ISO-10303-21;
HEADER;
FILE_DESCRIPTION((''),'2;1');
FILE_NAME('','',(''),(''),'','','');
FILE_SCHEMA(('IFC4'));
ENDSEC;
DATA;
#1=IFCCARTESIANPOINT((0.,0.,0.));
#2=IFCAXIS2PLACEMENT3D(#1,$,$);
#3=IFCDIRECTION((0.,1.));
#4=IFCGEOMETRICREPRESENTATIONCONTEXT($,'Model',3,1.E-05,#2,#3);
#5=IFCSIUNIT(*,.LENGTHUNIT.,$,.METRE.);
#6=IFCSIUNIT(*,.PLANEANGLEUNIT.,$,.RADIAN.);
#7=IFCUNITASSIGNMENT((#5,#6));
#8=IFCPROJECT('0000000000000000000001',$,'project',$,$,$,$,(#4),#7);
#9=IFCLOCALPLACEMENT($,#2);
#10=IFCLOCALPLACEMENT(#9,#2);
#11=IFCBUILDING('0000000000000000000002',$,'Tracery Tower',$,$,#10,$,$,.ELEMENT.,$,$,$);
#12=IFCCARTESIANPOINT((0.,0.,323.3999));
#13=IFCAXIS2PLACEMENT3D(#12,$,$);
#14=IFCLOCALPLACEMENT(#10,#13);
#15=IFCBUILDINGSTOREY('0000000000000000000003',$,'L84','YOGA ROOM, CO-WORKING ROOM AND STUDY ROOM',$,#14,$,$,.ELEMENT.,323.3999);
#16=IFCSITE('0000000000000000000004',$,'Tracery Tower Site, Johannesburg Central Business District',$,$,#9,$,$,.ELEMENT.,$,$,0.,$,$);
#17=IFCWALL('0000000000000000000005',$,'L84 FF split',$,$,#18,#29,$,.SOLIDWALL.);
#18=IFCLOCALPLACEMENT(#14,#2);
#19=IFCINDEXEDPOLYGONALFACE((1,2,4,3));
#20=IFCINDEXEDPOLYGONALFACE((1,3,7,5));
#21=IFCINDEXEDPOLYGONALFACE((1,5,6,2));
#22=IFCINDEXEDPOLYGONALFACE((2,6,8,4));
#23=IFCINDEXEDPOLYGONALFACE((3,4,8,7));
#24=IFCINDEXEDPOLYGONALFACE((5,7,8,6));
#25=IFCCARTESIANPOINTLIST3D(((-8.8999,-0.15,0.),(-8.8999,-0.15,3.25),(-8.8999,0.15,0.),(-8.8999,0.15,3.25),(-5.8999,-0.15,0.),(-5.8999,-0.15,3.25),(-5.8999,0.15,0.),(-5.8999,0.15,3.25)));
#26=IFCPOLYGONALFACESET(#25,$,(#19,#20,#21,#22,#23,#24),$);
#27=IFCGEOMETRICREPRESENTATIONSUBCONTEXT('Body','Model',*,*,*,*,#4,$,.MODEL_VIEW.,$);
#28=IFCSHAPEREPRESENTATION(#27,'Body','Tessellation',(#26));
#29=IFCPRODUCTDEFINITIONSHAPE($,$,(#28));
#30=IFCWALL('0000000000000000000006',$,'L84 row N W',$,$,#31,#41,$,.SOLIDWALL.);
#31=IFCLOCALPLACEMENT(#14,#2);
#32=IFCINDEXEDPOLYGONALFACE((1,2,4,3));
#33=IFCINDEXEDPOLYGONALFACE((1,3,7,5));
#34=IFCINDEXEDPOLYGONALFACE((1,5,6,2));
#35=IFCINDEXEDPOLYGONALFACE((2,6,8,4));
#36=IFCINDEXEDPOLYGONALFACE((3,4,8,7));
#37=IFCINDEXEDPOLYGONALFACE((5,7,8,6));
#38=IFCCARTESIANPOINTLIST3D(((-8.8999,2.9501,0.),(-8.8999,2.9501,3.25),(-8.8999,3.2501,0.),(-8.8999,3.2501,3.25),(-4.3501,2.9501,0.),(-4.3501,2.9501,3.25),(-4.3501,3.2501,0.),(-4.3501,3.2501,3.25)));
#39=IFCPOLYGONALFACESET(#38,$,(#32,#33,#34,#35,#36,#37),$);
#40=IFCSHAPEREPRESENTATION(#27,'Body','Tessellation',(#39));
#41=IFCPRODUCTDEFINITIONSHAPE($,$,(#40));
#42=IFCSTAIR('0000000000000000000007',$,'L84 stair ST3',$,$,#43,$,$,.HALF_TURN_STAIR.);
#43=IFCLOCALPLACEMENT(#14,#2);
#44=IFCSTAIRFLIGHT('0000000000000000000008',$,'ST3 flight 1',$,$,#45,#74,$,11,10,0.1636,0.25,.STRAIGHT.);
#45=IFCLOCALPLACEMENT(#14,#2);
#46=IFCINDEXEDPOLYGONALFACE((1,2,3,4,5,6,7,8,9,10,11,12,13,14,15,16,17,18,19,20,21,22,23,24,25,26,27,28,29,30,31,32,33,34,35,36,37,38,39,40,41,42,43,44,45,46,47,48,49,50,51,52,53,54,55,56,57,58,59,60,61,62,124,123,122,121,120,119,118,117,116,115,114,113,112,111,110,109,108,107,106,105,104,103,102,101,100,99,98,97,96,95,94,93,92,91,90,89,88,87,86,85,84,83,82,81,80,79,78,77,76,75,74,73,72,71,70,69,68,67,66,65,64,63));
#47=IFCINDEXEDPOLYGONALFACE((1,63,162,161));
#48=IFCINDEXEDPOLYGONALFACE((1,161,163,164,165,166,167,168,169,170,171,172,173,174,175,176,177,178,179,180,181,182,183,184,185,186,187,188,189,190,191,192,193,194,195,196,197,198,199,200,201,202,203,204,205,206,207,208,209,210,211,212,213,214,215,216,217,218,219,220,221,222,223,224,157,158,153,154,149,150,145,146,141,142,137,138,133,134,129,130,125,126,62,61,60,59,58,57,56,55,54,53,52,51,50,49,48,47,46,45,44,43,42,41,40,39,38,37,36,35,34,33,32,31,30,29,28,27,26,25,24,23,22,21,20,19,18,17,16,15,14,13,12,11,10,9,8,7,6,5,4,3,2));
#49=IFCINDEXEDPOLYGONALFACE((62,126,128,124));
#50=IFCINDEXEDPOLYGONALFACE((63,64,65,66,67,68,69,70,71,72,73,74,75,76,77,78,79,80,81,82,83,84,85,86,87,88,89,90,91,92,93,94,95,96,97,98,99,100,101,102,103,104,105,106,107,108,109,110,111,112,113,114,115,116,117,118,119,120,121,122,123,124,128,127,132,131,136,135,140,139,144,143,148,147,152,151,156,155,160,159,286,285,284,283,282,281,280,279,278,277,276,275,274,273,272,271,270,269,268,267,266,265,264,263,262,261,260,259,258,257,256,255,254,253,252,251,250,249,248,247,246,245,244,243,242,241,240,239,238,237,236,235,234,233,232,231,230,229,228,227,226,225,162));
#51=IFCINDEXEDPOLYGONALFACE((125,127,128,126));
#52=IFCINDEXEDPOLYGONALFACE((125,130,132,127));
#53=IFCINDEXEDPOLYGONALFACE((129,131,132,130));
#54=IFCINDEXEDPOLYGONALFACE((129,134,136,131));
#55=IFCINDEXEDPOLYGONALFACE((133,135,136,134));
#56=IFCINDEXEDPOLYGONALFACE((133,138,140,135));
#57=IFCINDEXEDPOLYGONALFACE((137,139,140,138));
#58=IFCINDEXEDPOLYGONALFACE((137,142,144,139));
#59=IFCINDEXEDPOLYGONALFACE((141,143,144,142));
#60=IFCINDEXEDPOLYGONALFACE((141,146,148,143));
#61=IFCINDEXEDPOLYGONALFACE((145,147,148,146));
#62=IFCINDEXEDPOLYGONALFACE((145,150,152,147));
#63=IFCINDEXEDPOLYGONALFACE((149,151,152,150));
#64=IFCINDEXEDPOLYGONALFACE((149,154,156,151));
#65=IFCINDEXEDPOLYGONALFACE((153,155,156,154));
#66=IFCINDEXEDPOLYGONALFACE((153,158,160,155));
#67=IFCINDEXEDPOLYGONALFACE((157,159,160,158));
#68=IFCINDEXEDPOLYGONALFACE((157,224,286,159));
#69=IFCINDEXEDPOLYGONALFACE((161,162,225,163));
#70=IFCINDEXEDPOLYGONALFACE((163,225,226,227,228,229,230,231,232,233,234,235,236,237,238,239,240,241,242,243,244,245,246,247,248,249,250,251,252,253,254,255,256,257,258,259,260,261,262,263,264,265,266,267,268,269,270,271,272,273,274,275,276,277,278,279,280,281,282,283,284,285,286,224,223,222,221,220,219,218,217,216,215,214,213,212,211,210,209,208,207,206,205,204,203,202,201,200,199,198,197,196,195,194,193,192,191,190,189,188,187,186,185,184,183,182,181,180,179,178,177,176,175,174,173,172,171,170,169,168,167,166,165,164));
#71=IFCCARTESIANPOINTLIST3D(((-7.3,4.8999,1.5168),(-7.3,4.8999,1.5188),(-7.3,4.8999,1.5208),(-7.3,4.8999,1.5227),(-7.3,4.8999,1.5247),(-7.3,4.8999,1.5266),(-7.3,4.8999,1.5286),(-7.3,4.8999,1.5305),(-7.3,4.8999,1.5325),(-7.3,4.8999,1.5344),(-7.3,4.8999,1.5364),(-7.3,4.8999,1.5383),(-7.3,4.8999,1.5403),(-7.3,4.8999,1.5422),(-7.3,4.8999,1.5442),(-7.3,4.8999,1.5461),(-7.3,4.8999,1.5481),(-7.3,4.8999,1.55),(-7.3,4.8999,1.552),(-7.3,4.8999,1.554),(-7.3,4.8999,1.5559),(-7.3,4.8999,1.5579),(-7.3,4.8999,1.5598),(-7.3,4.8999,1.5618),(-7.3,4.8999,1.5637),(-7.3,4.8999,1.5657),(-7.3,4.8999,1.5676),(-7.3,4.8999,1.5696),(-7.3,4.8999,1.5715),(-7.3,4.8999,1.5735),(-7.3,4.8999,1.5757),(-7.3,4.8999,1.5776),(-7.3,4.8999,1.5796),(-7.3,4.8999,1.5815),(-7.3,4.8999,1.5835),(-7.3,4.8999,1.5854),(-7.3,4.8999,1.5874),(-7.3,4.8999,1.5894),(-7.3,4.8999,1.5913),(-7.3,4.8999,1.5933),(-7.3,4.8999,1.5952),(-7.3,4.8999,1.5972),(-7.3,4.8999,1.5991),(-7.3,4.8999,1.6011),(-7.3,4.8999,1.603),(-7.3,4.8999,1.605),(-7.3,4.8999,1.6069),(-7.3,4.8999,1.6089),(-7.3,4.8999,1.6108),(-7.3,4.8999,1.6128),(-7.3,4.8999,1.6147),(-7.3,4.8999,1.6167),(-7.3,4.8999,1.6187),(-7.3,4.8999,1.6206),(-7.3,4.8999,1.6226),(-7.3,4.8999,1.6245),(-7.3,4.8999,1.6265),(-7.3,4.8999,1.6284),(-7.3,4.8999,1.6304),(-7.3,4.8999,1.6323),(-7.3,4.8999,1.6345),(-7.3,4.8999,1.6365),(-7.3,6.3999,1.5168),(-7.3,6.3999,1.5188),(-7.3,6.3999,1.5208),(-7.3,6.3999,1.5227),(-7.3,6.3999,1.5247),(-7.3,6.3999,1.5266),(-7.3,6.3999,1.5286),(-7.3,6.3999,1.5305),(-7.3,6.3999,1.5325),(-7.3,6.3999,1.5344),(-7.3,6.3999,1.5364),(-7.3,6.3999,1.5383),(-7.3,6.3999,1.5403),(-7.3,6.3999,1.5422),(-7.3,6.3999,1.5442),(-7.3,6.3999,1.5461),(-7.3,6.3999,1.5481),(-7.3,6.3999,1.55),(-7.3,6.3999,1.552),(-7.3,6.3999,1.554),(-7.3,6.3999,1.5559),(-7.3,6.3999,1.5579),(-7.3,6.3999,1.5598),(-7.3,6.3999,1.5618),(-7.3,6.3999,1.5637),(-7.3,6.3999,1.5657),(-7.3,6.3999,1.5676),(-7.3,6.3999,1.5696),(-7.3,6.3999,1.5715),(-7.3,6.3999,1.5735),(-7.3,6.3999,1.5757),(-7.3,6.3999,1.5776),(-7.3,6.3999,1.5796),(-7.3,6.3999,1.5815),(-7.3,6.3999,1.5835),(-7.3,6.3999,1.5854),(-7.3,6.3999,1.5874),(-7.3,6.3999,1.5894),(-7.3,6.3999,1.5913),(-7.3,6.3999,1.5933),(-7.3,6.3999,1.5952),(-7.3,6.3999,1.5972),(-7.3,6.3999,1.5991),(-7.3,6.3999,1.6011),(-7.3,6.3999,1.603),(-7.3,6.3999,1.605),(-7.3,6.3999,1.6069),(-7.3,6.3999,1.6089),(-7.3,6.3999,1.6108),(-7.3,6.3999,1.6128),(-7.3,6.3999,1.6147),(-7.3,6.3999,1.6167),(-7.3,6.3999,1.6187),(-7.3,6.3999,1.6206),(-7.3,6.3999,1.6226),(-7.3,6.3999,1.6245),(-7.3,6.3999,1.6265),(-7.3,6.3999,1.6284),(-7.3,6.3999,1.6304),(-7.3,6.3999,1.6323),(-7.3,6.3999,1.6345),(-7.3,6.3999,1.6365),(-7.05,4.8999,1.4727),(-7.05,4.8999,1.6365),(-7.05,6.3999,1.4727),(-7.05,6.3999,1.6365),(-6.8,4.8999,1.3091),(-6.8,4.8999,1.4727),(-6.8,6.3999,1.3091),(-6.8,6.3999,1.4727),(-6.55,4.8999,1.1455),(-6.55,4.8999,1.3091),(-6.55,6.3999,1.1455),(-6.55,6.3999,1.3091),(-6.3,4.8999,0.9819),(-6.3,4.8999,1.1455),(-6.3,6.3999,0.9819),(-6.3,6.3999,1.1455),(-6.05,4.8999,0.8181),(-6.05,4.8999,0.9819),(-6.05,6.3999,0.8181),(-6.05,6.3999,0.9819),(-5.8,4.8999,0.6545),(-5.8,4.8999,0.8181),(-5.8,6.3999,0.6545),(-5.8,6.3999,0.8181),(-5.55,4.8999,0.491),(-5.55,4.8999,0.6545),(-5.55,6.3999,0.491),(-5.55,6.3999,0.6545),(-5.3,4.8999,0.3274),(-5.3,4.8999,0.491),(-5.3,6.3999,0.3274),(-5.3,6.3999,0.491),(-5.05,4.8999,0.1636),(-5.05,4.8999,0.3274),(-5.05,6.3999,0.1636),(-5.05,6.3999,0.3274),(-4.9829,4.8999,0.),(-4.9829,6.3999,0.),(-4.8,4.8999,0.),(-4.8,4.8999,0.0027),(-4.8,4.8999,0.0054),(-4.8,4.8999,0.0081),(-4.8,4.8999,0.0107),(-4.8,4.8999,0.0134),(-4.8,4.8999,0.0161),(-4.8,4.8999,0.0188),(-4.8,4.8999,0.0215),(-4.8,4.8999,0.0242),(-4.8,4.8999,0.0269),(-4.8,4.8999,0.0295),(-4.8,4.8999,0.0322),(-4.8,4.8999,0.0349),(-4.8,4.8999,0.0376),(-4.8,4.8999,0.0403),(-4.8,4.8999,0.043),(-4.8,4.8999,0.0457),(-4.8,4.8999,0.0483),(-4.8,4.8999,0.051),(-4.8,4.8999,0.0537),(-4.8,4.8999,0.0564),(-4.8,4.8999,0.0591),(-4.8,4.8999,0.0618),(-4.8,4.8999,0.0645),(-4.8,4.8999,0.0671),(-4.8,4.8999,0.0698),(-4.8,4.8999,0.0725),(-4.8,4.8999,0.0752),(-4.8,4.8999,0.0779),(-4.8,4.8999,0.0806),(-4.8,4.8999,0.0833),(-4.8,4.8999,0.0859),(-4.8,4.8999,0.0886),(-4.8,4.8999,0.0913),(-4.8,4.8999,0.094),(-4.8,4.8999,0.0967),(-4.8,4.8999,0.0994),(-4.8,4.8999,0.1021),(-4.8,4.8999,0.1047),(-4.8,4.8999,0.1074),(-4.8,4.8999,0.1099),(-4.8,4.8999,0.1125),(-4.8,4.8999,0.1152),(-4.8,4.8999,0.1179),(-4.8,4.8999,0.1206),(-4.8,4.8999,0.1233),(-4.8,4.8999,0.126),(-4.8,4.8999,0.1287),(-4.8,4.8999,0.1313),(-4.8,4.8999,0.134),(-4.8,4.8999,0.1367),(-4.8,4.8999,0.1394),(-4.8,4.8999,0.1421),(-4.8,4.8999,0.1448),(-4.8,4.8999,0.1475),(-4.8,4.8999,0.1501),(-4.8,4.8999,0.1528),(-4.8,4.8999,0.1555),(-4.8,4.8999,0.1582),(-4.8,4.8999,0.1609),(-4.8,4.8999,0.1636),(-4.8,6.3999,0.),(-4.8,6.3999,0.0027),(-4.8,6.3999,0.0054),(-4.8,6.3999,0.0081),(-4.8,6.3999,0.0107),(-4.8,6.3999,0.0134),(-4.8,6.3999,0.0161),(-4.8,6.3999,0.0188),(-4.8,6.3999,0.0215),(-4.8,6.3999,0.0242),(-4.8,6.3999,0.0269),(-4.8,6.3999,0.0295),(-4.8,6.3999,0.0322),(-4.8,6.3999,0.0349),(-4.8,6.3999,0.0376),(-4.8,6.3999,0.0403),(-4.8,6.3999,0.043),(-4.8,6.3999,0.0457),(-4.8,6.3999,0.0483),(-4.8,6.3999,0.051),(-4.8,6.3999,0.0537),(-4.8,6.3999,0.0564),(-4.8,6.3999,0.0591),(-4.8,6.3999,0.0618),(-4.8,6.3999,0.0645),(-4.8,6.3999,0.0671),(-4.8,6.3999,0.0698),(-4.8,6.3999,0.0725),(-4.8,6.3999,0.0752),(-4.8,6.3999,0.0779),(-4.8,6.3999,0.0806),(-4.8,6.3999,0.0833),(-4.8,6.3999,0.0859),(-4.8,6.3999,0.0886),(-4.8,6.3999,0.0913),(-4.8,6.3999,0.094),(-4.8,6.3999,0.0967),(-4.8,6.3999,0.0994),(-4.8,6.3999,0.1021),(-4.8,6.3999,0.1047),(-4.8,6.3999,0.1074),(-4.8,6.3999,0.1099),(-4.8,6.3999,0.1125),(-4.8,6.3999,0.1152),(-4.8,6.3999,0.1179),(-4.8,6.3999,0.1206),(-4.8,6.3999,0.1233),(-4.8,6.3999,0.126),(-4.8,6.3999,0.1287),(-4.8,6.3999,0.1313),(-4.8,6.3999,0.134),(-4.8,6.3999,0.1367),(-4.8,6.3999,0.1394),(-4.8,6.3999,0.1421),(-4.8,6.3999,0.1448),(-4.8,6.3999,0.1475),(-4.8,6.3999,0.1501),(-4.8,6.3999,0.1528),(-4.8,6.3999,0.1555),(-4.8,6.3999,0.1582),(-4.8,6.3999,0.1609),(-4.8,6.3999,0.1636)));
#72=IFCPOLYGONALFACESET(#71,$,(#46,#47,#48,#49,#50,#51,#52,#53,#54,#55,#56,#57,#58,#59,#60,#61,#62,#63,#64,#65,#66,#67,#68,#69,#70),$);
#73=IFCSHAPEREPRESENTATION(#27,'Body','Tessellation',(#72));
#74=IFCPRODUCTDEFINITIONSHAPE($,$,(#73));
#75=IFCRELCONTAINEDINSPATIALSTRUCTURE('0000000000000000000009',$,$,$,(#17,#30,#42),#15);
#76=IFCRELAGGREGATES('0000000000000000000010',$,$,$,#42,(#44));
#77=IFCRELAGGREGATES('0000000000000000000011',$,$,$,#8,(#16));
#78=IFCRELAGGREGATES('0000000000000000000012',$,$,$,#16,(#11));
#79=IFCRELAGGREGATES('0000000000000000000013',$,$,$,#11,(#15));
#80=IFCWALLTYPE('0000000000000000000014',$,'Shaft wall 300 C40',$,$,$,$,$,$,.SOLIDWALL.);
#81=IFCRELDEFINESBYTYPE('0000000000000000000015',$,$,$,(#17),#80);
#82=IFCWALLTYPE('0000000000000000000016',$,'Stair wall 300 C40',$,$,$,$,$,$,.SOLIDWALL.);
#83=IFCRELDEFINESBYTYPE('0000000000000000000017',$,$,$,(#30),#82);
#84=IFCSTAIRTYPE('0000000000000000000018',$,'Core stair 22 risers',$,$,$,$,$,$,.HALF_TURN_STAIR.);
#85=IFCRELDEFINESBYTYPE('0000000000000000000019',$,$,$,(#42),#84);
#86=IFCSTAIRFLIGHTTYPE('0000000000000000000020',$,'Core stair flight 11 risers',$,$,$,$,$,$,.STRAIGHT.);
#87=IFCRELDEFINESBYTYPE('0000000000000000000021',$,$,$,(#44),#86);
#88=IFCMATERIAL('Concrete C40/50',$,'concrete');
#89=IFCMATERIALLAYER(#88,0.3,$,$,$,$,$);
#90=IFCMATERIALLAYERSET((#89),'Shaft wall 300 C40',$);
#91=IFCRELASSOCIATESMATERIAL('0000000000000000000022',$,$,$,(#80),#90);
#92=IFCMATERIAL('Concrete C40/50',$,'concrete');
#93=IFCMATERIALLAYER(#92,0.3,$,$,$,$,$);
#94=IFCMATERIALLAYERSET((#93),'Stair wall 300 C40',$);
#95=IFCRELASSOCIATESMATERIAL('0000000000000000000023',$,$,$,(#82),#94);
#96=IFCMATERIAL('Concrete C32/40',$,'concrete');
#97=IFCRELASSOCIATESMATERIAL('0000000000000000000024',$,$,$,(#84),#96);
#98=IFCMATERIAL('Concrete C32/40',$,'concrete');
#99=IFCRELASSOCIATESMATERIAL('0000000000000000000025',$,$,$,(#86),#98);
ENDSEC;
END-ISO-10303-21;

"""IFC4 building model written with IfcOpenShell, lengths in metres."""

from ifc_helpers import new_model, si_unit, direction, frame, frame_2d, origin, place, context, subcontext, project, spatial, polyline, rectangle, outline, extrude, material, layer, layer_set, type_object, element, aggregate, save


model = new_model("IFC4")

# Units and contexts
model_context = context("Model", 3, precision=1e-05, world=origin(), true_north=direction((0.0, 1.0)))
body_context = subcontext(model_context, "Body", "Model", "MODEL_VIEW")
ifc_project = project(units=[si_unit("LENGTHUNIT", "METRE"), si_unit("PLANEANGLEUNIT", "RADIAN")], contexts=[model_context])

# Site, building, storey
site_placement = place(None, origin())
site = spatial("IfcSite", under=ifc_project, at=site_placement, Name="Tracery Tower Site, Johannesburg Central Business District", CompositionType="ELEMENT", RefElevation=0.0)
building_placement = place(site_placement, origin())
building = spatial("IfcBuilding", under=site, at=building_placement, Name="Tracery Tower", CompositionType="ELEMENT")
storey_placement = place(building_placement, frame((0.0, 0.0, 323.3999)))
storey = spatial("IfcBuildingStorey", under=building, at=storey_placement, Name="L84", Description="YOGA ROOM, CO-WORKING ROOM AND STUDY ROOM", CompositionType="ELEMENT", Elevation=323.3999)

# Walls
ifc_material_1 = material(Name="Concrete C40/50", Category="concrete")
ifc_layer_1 = layer(ifc_material_1, 0.3)
ifc_layer_set_1 = layer_set([ifc_layer_1], Name="Shaft wall 300 C40")
wall_type_1 = type_object("IfcWallType", Name="Shaft wall 300 C40", PredefinedType="SOLIDWALL", material=ifc_layer_set_1)
wall_1_placement = place(storey_placement, frame((-8.8999, 0.0, 0.0), z_axis=(0.0, 0.0, 1.0), x_axis=(1.0, 0.0, 0.0)))
element("IfcWall", 1, at=wall_1_placement, inside=storey, type_object=wall_type_1, Name="L84 FF split", PredefinedType="SOLIDWALL", context=body_context, shape_type="SweptSolid", body=[
    extrude(rectangle(XDim=3.0, YDim=0.3, at=frame_2d((1.5, 0.0))), origin(), (0.0, 0.0, 1.0), 3.25),
])
ifc_material_2 = material(Name="Concrete C40/50", Category="concrete")
ifc_layer_2 = layer(ifc_material_2, 0.3)
ifc_layer_set_2 = layer_set([ifc_layer_2], Name="Stair wall 300 C40")
wall_type_2 = type_object("IfcWallType", Name="Stair wall 300 C40", PredefinedType="SOLIDWALL", material=ifc_layer_set_2)
wall_2_placement = place(storey_placement, frame((-8.8999, 3.1001, 0.0), z_axis=(0.0, 0.0, 1.0), x_axis=(1.0, 0.0, 0.0)))
element("IfcWall", 2, at=wall_2_placement, inside=storey, type_object=wall_type_2, Name="L84 row N W", PredefinedType="SOLIDWALL", context=body_context, shape_type="SweptSolid", body=[
    extrude(rectangle(XDim=4.5498, YDim=0.3, at=frame_2d((2.2749, 0.0))), origin(), (0.0, 0.0, 1.0), 3.25),
])

# Stair, stair flight
ifc_material_3 = material(Name="Concrete C32/40", Category="concrete")
stair_type = type_object("IfcStairType", Name="Core stair 22 risers", PredefinedType="HALF_TURN_STAIR", material=ifc_material_3)
stair_placement = place(storey_placement, origin())
stair = element("IfcStair", 3, at=stair_placement, inside=storey, type_object=stair_type, Name="L84 stair ST3", PredefinedType="HALF_TURN_STAIR")
ifc_material_4 = material(Name="Concrete C32/40", Category="concrete")
stair_flight_type = type_object("IfcStairFlightType", Name="Core stair flight 11 risers", PredefinedType="STRAIGHT", material=ifc_material_4)
stair_flight_1_placement = place(storey_placement, frame((-4.8, 5.6499, 0.0), z_axis=(0.0, 0.0, 1.0), x_axis=(-1.0, 0.0, 0.0)))
stair_flight_1 = element("IfcStairFlight", 4, at=stair_flight_1_placement, type_object=stair_flight_type, Name="ST3 flight 1", NumberOfRisers=11, NumberOfTreads=10, PredefinedType="STRAIGHT", RiserHeight=0.1636, TreadLength=0.25, context=body_context, shape_type="SweptSolid", body=[
    extrude(outline(polyline([(0.0, 0.0), (0.0, 0.0027), (0.0, 0.0054), (0.0, 0.0081), (0.0, 0.0107), (0.0, 0.0134), (0.0, 0.0161), (0.0, 0.0188), (0.0, 0.0215), (0.0, 0.0242), (0.0, 0.0269), (0.0, 0.0295), (0.0, 0.0322), (0.0, 0.0349), (0.0, 0.0376), (0.0, 0.0403), (0.0, 0.043), (0.0, 0.0457), (0.0, 0.0483), (0.0, 0.051), (0.0, 0.0537), (0.0, 0.0564), (0.0, 0.0591), (0.0, 0.0618), (0.0, 0.0645), (0.0, 0.0671), (0.0, 0.0698), (0.0, 0.0725), (0.0, 0.0752), (0.0, 0.0779), (0.0, 0.0806), (0.0, 0.0833), (0.0, 0.0859), (0.0, 0.0886), (0.0, 0.0913), (0.0, 0.094), (0.0, 0.0967), (0.0, 0.0994), (0.0, 0.1021), (0.0, 0.1047), (0.0, 0.1074), (0.0, 0.1099), (0.0, 0.1125), (0.0, 0.1152), (0.0, 0.1179), (0.0, 0.1206), (0.0, 0.1233), (0.0, 0.126), (0.0, 0.1287), (0.0, 0.1313), (0.0, 0.134), (0.0, 0.1367), (0.0, 0.1394), (0.0, 0.1421), (0.0, 0.1448), (0.0, 0.1475), (0.0, 0.1501), (0.0, 0.1528), (0.0, 0.1555), (0.0, 0.1582), (0.0, 0.1609), (0.0, 0.1636), (0.25, 0.1636), (0.25, 0.3274), (0.5, 0.3274), (0.5, 0.491), (0.75, 0.491), (0.75, 0.6545), (1.0, 0.6545), (1.0, 0.8181), (1.25, 0.8181), (1.25, 0.9819), (1.5, 0.9819), (1.5, 1.1455), (1.75, 1.1455), (1.75, 1.3091), (2.0, 1.3091), (2.0, 1.4727), (2.25, 1.4727), (2.25, 1.6365), (2.5, 1.6365), (2.5, 1.6345), (2.5, 1.6323), (2.5, 1.6304), (2.5, 1.6284), (2.5, 1.6265), (2.5, 1.6245), (2.5, 1.6226), (2.5, 1.6206), (2.5, 1.6187), (2.5, 1.6167), (2.5, 1.6147), (2.5, 1.6128), (2.5, 1.6108), (2.5, 1.6089), (2.5, 1.6069), (2.5, 1.605), (2.5, 1.603), (2.5, 1.6011), (2.5, 1.5991), (2.5, 1.5972), (2.5, 1.5952), (2.5, 1.5933), (2.5, 1.5913), (2.5, 1.5894), (2.5, 1.5874), (2.5, 1.5854), (2.5, 1.5835), (2.5, 1.5815), (2.5, 1.5796), (2.5, 1.5776), (2.5, 1.5757), (2.5, 1.5735), (2.5, 1.5715), (2.5, 1.5696), (2.5, 1.5676), (2.5, 1.5657), (2.5, 1.5637), (2.5, 1.5618), (2.5, 1.5598), (2.5, 1.5579), (2.5, 1.5559), (2.5, 1.554), (2.5, 1.552), (2.5, 1.55), (2.5, 1.5481), (2.5, 1.5461), (2.5, 1.5442), (2.5, 1.5422), (2.5, 1.5403), (2.5, 1.5383), (2.5, 1.5364), (2.5, 1.5344), (2.5, 1.5325), (2.5, 1.5305), (2.5, 1.5286), (2.5, 1.5266), (2.5, 1.5247), (2.5, 1.5227), (2.5, 1.5208), (2.5, 1.5188), (2.5, 1.5168), (0.1829, 0.0), (0.0, 0.0)])), frame((0.0, 0.75, 0.0), z_axis=(0.0, -1.0, 0.0), x_axis=(1.0, 0.0, 0.0)), (0.0, 0.0, 1.0), 1.5),
])
aggregate(stair, [stair_flight_1])

save(model, "model.ifc")
